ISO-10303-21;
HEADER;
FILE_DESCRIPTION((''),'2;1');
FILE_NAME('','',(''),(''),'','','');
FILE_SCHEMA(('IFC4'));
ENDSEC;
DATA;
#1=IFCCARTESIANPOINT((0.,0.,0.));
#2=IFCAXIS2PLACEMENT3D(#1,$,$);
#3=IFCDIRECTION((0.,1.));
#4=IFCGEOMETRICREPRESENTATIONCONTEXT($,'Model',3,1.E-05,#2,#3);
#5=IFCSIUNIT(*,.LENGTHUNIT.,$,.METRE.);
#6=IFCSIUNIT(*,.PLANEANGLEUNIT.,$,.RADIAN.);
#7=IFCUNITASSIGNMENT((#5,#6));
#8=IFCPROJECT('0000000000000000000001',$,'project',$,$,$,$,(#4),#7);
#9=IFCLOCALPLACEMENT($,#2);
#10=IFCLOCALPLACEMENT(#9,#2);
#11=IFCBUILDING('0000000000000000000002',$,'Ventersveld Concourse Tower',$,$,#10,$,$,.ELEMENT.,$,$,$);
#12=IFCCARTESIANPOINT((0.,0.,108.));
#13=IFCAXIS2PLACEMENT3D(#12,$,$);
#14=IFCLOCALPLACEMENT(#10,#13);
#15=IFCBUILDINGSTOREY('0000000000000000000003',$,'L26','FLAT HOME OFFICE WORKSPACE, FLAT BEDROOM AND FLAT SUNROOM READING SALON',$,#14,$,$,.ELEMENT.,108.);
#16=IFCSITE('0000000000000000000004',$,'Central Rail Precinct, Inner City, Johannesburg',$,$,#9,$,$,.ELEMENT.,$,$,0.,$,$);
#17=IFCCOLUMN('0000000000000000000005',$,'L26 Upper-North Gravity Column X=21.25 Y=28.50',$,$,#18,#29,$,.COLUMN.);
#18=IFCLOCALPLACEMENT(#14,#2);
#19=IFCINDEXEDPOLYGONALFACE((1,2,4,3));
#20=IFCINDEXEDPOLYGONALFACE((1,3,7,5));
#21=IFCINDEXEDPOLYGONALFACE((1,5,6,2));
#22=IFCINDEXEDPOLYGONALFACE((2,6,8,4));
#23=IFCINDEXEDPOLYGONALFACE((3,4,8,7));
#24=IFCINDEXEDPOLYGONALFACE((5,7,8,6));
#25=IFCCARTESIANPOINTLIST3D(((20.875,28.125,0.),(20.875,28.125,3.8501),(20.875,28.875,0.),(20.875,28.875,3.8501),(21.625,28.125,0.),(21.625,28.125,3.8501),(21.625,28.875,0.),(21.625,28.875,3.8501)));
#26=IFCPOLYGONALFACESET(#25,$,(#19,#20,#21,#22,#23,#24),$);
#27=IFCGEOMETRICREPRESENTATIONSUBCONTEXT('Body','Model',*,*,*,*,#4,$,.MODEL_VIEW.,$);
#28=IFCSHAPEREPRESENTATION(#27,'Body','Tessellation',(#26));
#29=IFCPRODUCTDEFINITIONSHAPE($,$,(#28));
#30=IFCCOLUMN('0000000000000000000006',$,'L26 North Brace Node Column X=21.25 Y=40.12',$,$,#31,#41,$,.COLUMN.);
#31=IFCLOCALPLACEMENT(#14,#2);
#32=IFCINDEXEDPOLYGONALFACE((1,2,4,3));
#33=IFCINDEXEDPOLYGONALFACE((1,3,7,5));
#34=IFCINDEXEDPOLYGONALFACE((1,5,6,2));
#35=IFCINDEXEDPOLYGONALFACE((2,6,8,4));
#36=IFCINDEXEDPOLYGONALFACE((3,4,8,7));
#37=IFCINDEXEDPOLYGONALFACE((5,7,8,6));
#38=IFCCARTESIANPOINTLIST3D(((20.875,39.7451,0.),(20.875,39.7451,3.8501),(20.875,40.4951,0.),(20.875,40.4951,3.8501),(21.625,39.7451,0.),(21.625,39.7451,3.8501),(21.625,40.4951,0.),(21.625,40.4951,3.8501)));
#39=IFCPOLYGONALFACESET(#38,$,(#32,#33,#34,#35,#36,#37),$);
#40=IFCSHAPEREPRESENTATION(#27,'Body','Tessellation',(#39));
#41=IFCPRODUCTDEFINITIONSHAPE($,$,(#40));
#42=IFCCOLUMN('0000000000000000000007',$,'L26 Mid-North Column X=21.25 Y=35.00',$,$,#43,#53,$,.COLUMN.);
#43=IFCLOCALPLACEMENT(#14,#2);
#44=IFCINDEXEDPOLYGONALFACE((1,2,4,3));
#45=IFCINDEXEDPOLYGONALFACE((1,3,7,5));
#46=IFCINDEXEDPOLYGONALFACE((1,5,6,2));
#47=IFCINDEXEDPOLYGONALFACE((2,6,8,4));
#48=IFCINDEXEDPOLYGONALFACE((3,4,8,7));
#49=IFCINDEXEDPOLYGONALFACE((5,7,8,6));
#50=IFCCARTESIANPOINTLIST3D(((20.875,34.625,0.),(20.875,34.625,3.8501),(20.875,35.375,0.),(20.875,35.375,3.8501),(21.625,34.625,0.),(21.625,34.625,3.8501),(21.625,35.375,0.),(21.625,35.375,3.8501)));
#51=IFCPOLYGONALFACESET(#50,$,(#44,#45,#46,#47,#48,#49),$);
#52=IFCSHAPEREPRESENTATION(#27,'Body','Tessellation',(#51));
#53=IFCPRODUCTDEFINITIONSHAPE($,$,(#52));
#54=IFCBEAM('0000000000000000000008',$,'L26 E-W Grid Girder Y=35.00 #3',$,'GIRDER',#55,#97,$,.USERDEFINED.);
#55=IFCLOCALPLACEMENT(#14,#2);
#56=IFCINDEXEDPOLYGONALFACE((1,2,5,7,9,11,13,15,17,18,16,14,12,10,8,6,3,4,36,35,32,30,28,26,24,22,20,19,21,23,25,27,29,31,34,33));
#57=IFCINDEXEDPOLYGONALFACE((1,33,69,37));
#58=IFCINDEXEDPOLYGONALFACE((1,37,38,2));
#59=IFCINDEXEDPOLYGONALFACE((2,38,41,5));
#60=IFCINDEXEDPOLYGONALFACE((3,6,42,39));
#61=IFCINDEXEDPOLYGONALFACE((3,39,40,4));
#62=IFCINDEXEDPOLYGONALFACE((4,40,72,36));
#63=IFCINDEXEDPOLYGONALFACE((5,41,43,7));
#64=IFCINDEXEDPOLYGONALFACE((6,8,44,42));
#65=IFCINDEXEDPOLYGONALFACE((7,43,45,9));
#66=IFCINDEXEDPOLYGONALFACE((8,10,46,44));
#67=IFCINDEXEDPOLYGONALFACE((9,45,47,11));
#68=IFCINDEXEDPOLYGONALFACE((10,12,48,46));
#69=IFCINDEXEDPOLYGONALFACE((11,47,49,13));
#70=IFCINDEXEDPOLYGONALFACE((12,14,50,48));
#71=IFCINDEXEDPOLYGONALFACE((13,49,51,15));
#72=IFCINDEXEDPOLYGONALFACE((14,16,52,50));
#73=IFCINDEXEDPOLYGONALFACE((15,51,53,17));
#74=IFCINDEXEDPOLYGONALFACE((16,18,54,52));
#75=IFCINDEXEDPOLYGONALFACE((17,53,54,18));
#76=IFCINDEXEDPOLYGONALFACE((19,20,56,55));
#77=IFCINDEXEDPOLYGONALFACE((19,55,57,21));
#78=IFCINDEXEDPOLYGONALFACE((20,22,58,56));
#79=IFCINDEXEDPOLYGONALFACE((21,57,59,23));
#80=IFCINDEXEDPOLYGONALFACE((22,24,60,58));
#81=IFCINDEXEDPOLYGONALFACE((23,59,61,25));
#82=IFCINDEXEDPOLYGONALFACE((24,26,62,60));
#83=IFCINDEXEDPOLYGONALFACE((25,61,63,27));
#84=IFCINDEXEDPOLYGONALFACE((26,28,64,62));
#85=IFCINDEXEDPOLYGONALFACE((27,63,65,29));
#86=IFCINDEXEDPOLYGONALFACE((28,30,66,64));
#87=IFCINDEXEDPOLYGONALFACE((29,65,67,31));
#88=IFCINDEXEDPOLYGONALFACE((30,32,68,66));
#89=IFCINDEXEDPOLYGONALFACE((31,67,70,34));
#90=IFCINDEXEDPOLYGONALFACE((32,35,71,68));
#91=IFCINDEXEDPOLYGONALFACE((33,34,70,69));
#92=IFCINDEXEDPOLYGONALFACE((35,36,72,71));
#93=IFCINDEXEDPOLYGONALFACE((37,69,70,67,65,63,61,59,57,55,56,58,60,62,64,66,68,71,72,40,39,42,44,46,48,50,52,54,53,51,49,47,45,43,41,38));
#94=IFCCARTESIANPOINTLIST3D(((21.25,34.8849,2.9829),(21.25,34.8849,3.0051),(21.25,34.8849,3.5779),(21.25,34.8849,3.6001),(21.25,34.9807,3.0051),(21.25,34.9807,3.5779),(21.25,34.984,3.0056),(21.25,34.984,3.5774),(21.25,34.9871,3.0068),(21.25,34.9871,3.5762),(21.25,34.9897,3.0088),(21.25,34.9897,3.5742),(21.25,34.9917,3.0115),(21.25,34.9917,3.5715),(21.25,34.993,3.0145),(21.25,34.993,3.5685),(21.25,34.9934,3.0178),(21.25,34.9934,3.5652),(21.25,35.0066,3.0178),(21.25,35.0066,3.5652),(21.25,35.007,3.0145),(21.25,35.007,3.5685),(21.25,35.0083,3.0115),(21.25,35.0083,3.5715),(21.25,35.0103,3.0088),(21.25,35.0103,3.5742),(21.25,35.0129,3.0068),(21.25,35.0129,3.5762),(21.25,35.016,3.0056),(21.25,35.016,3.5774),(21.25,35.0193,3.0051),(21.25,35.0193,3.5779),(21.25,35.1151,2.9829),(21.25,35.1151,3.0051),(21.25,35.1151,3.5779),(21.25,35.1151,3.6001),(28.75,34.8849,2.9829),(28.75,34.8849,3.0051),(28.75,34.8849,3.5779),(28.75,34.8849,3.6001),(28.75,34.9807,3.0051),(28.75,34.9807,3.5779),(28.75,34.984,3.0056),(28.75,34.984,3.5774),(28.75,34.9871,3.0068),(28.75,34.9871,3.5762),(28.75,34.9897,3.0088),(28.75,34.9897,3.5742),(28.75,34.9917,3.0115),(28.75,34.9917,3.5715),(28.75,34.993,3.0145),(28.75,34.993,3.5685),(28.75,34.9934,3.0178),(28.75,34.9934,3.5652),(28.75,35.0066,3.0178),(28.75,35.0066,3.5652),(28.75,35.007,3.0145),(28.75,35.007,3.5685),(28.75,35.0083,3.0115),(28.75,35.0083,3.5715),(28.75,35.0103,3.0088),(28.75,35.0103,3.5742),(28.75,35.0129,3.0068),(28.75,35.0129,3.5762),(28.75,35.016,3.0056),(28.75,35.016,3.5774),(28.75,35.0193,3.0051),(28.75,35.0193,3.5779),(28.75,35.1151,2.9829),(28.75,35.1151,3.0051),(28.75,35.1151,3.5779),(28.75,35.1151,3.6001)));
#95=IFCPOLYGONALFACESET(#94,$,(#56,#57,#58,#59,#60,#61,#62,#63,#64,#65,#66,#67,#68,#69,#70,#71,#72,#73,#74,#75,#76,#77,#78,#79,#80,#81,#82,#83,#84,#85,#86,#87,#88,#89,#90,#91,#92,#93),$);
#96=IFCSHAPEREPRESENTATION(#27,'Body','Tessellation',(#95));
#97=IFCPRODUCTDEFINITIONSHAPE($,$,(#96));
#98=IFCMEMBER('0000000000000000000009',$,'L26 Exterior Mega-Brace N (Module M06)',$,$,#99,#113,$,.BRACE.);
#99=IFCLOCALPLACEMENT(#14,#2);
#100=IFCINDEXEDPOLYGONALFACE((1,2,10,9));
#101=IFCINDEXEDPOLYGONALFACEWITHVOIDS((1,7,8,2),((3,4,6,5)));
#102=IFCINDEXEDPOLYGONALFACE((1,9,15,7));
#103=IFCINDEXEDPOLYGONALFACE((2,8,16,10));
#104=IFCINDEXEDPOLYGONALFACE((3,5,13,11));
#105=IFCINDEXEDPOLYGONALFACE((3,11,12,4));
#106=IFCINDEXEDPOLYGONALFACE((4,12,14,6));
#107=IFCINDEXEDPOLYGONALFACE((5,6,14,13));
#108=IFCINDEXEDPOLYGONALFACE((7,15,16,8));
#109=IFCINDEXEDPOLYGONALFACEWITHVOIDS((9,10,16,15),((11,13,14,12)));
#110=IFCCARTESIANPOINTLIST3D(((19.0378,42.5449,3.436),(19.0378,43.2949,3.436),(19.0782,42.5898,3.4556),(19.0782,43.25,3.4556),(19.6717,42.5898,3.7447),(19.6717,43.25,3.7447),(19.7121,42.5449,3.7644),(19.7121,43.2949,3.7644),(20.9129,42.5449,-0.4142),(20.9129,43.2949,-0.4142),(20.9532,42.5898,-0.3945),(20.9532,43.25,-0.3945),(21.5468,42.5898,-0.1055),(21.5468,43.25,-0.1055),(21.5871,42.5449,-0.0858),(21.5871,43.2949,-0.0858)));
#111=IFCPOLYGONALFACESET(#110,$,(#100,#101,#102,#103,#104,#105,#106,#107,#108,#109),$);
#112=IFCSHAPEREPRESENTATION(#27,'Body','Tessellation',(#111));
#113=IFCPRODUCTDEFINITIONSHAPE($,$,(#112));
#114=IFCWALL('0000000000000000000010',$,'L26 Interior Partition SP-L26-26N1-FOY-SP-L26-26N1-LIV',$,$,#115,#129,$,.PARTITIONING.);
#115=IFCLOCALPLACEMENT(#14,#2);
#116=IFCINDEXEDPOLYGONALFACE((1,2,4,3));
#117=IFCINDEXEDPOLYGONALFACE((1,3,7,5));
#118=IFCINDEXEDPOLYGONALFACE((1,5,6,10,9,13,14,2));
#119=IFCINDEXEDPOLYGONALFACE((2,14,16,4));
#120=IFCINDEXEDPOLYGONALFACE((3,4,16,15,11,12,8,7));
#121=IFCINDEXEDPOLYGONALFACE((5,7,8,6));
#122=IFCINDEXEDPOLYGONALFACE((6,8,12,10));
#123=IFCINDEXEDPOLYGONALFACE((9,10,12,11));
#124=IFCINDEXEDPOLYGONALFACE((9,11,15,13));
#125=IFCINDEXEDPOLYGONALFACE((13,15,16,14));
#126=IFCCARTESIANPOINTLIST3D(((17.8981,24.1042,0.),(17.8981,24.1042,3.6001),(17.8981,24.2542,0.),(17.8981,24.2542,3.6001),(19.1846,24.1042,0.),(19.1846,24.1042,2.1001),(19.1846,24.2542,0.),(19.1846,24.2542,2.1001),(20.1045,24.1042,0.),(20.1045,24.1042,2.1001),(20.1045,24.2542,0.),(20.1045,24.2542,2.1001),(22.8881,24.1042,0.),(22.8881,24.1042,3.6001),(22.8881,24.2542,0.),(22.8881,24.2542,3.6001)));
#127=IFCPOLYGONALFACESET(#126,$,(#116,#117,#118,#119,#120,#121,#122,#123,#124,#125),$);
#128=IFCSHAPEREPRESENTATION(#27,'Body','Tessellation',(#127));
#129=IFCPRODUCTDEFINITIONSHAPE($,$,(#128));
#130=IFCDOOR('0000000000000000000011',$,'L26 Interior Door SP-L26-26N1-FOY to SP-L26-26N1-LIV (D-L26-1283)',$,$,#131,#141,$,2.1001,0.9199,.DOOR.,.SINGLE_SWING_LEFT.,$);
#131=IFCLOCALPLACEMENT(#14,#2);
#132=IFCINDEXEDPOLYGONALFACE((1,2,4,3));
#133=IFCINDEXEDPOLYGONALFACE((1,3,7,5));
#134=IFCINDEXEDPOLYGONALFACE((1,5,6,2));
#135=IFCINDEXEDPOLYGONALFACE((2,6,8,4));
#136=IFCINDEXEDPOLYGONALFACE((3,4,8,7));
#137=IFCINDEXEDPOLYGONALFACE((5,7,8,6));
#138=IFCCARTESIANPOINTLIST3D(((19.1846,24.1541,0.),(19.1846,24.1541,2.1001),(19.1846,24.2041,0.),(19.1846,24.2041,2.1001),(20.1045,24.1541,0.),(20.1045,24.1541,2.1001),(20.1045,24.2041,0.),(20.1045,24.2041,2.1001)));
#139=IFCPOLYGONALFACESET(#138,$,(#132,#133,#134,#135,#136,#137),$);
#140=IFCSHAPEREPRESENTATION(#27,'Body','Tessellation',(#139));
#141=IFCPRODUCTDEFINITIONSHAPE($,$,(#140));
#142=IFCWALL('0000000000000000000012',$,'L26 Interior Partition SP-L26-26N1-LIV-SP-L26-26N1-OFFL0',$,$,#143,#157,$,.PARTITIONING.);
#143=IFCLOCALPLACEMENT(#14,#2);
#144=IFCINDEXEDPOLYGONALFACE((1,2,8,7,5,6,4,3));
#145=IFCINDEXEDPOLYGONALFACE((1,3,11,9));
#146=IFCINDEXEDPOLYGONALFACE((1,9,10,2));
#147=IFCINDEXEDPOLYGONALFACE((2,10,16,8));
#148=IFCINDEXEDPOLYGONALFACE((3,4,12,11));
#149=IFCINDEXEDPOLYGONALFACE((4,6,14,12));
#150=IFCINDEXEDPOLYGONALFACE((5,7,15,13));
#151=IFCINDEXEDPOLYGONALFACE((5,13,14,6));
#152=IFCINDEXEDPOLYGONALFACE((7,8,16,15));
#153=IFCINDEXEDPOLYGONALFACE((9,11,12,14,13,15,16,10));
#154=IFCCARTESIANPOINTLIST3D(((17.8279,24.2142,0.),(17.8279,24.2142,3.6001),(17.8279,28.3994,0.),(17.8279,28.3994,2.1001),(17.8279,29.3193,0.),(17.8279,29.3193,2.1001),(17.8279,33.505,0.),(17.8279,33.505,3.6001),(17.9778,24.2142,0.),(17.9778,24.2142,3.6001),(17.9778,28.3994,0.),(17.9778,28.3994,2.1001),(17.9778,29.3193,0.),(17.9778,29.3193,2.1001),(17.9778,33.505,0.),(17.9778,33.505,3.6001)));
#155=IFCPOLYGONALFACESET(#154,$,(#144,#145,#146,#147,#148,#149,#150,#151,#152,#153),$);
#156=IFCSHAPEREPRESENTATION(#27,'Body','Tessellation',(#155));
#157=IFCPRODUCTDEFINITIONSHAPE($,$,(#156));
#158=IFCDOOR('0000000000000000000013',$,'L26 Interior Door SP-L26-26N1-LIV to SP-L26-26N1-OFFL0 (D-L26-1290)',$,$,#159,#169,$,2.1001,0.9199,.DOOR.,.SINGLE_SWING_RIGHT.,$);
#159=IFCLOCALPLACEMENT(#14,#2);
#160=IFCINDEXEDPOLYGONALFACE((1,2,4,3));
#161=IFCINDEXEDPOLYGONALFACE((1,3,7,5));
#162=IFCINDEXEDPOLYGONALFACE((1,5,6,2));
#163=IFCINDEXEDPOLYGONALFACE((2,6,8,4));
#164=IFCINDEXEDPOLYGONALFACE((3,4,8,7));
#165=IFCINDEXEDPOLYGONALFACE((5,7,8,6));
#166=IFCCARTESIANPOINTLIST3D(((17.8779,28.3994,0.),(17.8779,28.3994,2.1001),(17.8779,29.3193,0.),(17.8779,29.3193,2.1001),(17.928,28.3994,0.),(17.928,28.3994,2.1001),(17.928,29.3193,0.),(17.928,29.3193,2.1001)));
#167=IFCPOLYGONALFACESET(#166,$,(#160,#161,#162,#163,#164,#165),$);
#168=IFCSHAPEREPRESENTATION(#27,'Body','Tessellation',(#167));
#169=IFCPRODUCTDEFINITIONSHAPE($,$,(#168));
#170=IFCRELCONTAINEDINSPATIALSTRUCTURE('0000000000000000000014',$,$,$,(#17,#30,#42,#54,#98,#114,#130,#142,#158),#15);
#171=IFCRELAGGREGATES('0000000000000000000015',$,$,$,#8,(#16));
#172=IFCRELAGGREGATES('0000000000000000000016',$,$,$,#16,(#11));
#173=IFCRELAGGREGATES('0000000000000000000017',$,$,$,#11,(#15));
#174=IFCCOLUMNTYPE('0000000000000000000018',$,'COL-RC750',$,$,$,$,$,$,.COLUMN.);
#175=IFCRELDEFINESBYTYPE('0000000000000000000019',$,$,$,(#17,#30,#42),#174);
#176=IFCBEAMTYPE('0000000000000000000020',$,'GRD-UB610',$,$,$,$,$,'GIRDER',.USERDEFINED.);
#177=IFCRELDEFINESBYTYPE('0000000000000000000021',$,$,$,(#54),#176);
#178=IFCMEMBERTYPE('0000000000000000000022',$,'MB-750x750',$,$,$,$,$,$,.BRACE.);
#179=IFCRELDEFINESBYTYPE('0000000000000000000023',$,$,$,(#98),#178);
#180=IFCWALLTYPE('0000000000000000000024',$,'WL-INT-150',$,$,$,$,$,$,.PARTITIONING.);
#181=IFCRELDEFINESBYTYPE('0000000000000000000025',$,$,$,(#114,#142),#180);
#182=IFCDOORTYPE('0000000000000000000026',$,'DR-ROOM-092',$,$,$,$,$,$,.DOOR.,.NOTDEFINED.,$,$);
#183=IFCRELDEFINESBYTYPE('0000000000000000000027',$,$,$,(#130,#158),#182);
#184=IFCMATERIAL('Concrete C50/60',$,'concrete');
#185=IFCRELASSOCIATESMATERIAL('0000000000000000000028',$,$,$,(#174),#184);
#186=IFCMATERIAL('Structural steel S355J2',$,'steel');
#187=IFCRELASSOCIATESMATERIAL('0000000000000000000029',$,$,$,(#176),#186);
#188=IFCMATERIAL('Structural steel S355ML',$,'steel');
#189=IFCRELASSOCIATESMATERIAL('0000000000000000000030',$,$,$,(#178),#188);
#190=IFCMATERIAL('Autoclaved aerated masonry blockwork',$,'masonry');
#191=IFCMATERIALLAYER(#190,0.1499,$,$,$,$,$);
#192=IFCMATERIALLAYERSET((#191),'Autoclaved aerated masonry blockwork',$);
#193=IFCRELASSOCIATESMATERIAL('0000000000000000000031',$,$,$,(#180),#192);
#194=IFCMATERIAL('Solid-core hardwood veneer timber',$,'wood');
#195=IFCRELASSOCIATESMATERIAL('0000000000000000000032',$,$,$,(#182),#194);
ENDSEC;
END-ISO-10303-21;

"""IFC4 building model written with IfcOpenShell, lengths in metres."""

from ifc_helpers import new_model, si_unit, direction, frame, frame_2d, origin, origin_2d, place, context, subcontext, project, spatial, rectangle, hollow_rectangle, i_section, extrude, material, layer, layer_set, material_profile, profile_set, type_object, element, fill, save


model = new_model("IFC4")

# Units and contexts
model_context = context("Model", 3, precision=1e-05, world=origin(), true_north=direction((0.0, 1.0)))
body_context = subcontext(model_context, "Body", "Model", "MODEL_VIEW")
ifc_project = project(units=[si_unit("LENGTHUNIT", "METRE"), si_unit("PLANEANGLEUNIT", "RADIAN")], contexts=[model_context])

# Site, building, storey
site_placement = place(None, origin())
site = spatial("IfcSite", under=ifc_project, at=site_placement, Name="Central Rail Precinct, Inner City, Johannesburg", CompositionType="ELEMENT", RefElevation=0.0)
building_placement = place(site_placement, origin())
building = spatial("IfcBuilding", under=site, at=building_placement, Name="Ventersveld Concourse Tower", CompositionType="ELEMENT")
storey_placement = place(building_placement, frame((0.0, 0.0, 108.0)))
storey = spatial("IfcBuildingStorey", under=building, at=storey_placement, Name="L26", Description="FLAT HOME OFFICE WORKSPACE, FLAT BEDROOM AND FLAT SUNROOM READING SALON", CompositionType="ELEMENT", Elevation=108.0)

# Columns
ifc_material_1 = material(Name="Concrete C50/60", Category="concrete")
ifc_material_profile_1 = material_profile(ifc_material_1, rectangle(XDim=0.75, YDim=0.75, at=origin_2d()), Name="RC 750x750")
ifc_profile_set_1 = profile_set([ifc_material_profile_1], Name="Concrete C50/60")
column_type = type_object("IfcColumnType", Name="COL-RC750", PredefinedType="COLUMN", material=ifc_profile_set_1)
for number, where, z_axis, x_axis, name in (
    (1, (21.25, 28.5, 0.0), (0.0, 0.0, 1.0), (1.0, 0.0, 0.0), "L26 Upper-North Gravity Column X=21.25 Y=28.50"),
    (2, (21.25, 40.1201, 0.0), (0.0, 0.0, 1.0), (1.0, 0.0, 0.0), "L26 North Brace Node Column X=21.25 Y=40.12"),
    (3, (21.25, 35.0, 0.0), (0.0, 0.0, 1.0), (1.0, 0.0, 0.0), "L26 Mid-North Column X=21.25 Y=35.00"),
):
    element("IfcColumn", number, at=place(storey_placement, frame(where, z_axis=z_axis, x_axis=x_axis)), inside=storey, type_object=column_type, Name=name, PredefinedType="COLUMN", context=body_context, shape_type="SweptSolid", body=[
        extrude(rectangle(XDim=0.75, YDim=0.75, at=origin_2d()), origin(), (0.0, 0.0, 1.0), 3.8501),
    ])

# Beam
ifc_material_2 = material(Name="Structural steel S355J2", Category="steel")
ifc_material_profile_2 = material_profile(ifc_material_2, i_section(OverallWidth=0.2302, OverallDepth=0.6172, WebThickness=0.0132, FlangeThickness=0.0222, FilletRadius=0.0127, at=origin_2d()), Name="UB 610x229x140")
ifc_profile_set_2 = profile_set([ifc_material_profile_2], Name="Structural steel S355J2")
beam_type = type_object("IfcBeamType", Name="GRD-UB610", ElementType="GIRDER", PredefinedType="USERDEFINED", material=ifc_profile_set_2)
beam_placement = place(storey_placement, frame((21.25, 35.0, 3.2915), z_axis=(1.0, 0.0, 0.0), x_axis=(0.0, 1.0, 0.0)))
element("IfcBeam", 4, at=beam_placement, inside=storey, type_object=beam_type, Name="L26 E-W Grid Girder Y=35.00 #3", ObjectType="GIRDER", PredefinedType="USERDEFINED", context=body_context, shape_type="SweptSolid", body=[
    extrude(i_section(OverallWidth=0.2302, OverallDepth=0.6172, WebThickness=0.0132, FlangeThickness=0.0222, FilletRadius=0.0127, at=origin_2d()), origin(), (0.0, 0.0, 1.0), 7.5),
])

# Member
ifc_material_3 = material(Name="Structural steel S355ML", Category="steel")
ifc_material_profile_3 = material_profile(ifc_material_3, hollow_rectangle(XDim=0.75, YDim=0.75, WallThickness=0.0449, at=origin_2d()), Name="BOX 750x750x45")
ifc_profile_set_3 = profile_set([ifc_material_profile_3], Name="Structural steel S355ML")
member_type = type_object("IfcMemberType", Name="MB-750x750", PredefinedType="BRACE", material=ifc_profile_set_3)
member_placement = place(storey_placement, frame((21.25, 42.9199, -0.25), z_axis=(-0.437839, 0.0, 0.899053), x_axis=(0.0, -1.0, 0.0)))
element("IfcMember", 5, at=member_placement, inside=storey, type_object=member_type, Name="L26 Exterior Mega-Brace N (Module M06)", PredefinedType="BRACE", context=body_context, shape_type="SweptSolid", body=[
    extrude(hollow_rectangle(XDim=0.75, YDim=0.75, WallThickness=0.0449, at=origin_2d()), origin(), (0.0, 0.0, 1.0), 4.2825),
])

# Walls, openings, doors
ifc_material_4 = material(Name="Autoclaved aerated masonry blockwork", Category="masonry")
ifc_layer = layer(ifc_material_4, 0.1499)
ifc_layer_set = layer_set([ifc_layer], Name="Autoclaved aerated masonry blockwork")
wall_type = type_object("IfcWallType", Name="WL-INT-150", PredefinedType="PARTITIONING", material=ifc_layer_set)
wall_1_placement = place(storey_placement, frame((17.8979, 24.1792, 0.0), z_axis=(0.0, 0.0, 1.0), x_axis=(1.0, 0.0, 0.0)))
wall_1 = element("IfcWall", 6, at=wall_1_placement, inside=storey, type_object=wall_type, Name="L26 Interior Partition SP-L26-26N1-FOY-SP-L26-26N1-LIV", PredefinedType="PARTITIONING", context=body_context, shape_type="SweptSolid", body=[
    extrude(rectangle(XDim=4.99, YDim=0.1499, at=frame_2d((2.4951, 0.0))), origin(), (0.0, 0.0, 1.0), 3.6001),
])
opening_1_placement = place(wall_1_placement, frame((1.2866, 0.0, 0.0)))
opening_1 = element("IfcOpeningElement", 7, at=opening_1_placement, cuts=wall_1, PredefinedType="OPENING", context=body_context, shape_type="SweptSolid", body=[
    extrude(rectangle(XDim=0.9199, YDim=2.1001, at=frame_2d((0.46, 1.05))), frame((0.0, 0.085, 0.0), z_axis=(0.0, -1.0, 0.0), x_axis=(1.0, 0.0, 0.0)), (0.0, 0.0, 1.0), 0.1699),
])
ifc_material_5 = material(Name="Solid-core hardwood veneer timber", Category="wood")
door_type = type_object("IfcDoorType", Name="DR-ROOM-092", OperationType="NOTDEFINED", PredefinedType="DOOR", material=ifc_material_5)
door_1_placement = place(opening_1_placement, origin())
door_1 = element("IfcDoor", 8, at=door_1_placement, inside=storey, type_object=door_type, Name="L26 Interior Door SP-L26-26N1-FOY to SP-L26-26N1-LIV (D-L26-1283)", OperationType="SINGLE_SWING_LEFT", OverallHeight=2.1001, OverallWidth=0.9199, PredefinedType="DOOR", context=body_context, shape_type="SweptSolid", body=[
    extrude(rectangle(XDim=0.9199, YDim=2.1001, at=frame_2d((0.46, 1.05))), frame((0.0, 0.0249, 0.0), z_axis=(0.0, -1.0, 0.0), x_axis=(1.0, 0.0, 0.0)), (0.0, 0.0, 1.0), 0.05),
])
fill(opening_1, door_1)
wall_2_placement = place(storey_placement, frame((17.9028, 24.2141, 0.0), z_axis=(0.0, 0.0, 1.0), x_axis=(0.0, 1.0, 0.0)))
wall_2 = element("IfcWall", 9, at=wall_2_placement, inside=storey, type_object=wall_type, Name="L26 Interior Partition SP-L26-26N1-LIV-SP-L26-26N1-OFFL0", PredefinedType="PARTITIONING", context=body_context, shape_type="SweptSolid", body=[
    extrude(rectangle(XDim=9.2908, YDim=0.1499, at=frame_2d((4.6455, 0.0))), origin(), (0.0, 0.0, 1.0), 3.6001),
])
opening_2_placement = place(wall_2_placement, frame((4.1853, 0.0, 0.0)))
opening_2 = element("IfcOpeningElement", 10, at=opening_2_placement, cuts=wall_2, PredefinedType="OPENING", context=body_context, shape_type="SweptSolid", body=[
    extrude(rectangle(XDim=0.9199, YDim=2.1001, at=frame_2d((0.46, 1.05))), frame((0.0, 0.085, 0.0), z_axis=(0.0, -1.0, 0.0), x_axis=(1.0, 0.0, 0.0)), (0.0, 0.0, 1.0), 0.1699),
])
door_2_placement = place(opening_2_placement, origin())
door_2 = element("IfcDoor", 11, at=door_2_placement, inside=storey, type_object=door_type, Name="L26 Interior Door SP-L26-26N1-LIV to SP-L26-26N1-OFFL0 (D-L26-1290)", OperationType="SINGLE_SWING_RIGHT", OverallHeight=2.1001, OverallWidth=0.9199, PredefinedType="DOOR", context=body_context, shape_type="SweptSolid", body=[
    extrude(rectangle(XDim=0.9199, YDim=2.1001, at=frame_2d((0.46, 1.05))), frame((0.0, 0.0249, 0.0), z_axis=(0.0, -1.0, 0.0), x_axis=(1.0, 0.0, 0.0)), (0.0, 0.0, 1.0), 0.05),
])
fill(opening_2, door_2)

save(model, "model.ifc")
